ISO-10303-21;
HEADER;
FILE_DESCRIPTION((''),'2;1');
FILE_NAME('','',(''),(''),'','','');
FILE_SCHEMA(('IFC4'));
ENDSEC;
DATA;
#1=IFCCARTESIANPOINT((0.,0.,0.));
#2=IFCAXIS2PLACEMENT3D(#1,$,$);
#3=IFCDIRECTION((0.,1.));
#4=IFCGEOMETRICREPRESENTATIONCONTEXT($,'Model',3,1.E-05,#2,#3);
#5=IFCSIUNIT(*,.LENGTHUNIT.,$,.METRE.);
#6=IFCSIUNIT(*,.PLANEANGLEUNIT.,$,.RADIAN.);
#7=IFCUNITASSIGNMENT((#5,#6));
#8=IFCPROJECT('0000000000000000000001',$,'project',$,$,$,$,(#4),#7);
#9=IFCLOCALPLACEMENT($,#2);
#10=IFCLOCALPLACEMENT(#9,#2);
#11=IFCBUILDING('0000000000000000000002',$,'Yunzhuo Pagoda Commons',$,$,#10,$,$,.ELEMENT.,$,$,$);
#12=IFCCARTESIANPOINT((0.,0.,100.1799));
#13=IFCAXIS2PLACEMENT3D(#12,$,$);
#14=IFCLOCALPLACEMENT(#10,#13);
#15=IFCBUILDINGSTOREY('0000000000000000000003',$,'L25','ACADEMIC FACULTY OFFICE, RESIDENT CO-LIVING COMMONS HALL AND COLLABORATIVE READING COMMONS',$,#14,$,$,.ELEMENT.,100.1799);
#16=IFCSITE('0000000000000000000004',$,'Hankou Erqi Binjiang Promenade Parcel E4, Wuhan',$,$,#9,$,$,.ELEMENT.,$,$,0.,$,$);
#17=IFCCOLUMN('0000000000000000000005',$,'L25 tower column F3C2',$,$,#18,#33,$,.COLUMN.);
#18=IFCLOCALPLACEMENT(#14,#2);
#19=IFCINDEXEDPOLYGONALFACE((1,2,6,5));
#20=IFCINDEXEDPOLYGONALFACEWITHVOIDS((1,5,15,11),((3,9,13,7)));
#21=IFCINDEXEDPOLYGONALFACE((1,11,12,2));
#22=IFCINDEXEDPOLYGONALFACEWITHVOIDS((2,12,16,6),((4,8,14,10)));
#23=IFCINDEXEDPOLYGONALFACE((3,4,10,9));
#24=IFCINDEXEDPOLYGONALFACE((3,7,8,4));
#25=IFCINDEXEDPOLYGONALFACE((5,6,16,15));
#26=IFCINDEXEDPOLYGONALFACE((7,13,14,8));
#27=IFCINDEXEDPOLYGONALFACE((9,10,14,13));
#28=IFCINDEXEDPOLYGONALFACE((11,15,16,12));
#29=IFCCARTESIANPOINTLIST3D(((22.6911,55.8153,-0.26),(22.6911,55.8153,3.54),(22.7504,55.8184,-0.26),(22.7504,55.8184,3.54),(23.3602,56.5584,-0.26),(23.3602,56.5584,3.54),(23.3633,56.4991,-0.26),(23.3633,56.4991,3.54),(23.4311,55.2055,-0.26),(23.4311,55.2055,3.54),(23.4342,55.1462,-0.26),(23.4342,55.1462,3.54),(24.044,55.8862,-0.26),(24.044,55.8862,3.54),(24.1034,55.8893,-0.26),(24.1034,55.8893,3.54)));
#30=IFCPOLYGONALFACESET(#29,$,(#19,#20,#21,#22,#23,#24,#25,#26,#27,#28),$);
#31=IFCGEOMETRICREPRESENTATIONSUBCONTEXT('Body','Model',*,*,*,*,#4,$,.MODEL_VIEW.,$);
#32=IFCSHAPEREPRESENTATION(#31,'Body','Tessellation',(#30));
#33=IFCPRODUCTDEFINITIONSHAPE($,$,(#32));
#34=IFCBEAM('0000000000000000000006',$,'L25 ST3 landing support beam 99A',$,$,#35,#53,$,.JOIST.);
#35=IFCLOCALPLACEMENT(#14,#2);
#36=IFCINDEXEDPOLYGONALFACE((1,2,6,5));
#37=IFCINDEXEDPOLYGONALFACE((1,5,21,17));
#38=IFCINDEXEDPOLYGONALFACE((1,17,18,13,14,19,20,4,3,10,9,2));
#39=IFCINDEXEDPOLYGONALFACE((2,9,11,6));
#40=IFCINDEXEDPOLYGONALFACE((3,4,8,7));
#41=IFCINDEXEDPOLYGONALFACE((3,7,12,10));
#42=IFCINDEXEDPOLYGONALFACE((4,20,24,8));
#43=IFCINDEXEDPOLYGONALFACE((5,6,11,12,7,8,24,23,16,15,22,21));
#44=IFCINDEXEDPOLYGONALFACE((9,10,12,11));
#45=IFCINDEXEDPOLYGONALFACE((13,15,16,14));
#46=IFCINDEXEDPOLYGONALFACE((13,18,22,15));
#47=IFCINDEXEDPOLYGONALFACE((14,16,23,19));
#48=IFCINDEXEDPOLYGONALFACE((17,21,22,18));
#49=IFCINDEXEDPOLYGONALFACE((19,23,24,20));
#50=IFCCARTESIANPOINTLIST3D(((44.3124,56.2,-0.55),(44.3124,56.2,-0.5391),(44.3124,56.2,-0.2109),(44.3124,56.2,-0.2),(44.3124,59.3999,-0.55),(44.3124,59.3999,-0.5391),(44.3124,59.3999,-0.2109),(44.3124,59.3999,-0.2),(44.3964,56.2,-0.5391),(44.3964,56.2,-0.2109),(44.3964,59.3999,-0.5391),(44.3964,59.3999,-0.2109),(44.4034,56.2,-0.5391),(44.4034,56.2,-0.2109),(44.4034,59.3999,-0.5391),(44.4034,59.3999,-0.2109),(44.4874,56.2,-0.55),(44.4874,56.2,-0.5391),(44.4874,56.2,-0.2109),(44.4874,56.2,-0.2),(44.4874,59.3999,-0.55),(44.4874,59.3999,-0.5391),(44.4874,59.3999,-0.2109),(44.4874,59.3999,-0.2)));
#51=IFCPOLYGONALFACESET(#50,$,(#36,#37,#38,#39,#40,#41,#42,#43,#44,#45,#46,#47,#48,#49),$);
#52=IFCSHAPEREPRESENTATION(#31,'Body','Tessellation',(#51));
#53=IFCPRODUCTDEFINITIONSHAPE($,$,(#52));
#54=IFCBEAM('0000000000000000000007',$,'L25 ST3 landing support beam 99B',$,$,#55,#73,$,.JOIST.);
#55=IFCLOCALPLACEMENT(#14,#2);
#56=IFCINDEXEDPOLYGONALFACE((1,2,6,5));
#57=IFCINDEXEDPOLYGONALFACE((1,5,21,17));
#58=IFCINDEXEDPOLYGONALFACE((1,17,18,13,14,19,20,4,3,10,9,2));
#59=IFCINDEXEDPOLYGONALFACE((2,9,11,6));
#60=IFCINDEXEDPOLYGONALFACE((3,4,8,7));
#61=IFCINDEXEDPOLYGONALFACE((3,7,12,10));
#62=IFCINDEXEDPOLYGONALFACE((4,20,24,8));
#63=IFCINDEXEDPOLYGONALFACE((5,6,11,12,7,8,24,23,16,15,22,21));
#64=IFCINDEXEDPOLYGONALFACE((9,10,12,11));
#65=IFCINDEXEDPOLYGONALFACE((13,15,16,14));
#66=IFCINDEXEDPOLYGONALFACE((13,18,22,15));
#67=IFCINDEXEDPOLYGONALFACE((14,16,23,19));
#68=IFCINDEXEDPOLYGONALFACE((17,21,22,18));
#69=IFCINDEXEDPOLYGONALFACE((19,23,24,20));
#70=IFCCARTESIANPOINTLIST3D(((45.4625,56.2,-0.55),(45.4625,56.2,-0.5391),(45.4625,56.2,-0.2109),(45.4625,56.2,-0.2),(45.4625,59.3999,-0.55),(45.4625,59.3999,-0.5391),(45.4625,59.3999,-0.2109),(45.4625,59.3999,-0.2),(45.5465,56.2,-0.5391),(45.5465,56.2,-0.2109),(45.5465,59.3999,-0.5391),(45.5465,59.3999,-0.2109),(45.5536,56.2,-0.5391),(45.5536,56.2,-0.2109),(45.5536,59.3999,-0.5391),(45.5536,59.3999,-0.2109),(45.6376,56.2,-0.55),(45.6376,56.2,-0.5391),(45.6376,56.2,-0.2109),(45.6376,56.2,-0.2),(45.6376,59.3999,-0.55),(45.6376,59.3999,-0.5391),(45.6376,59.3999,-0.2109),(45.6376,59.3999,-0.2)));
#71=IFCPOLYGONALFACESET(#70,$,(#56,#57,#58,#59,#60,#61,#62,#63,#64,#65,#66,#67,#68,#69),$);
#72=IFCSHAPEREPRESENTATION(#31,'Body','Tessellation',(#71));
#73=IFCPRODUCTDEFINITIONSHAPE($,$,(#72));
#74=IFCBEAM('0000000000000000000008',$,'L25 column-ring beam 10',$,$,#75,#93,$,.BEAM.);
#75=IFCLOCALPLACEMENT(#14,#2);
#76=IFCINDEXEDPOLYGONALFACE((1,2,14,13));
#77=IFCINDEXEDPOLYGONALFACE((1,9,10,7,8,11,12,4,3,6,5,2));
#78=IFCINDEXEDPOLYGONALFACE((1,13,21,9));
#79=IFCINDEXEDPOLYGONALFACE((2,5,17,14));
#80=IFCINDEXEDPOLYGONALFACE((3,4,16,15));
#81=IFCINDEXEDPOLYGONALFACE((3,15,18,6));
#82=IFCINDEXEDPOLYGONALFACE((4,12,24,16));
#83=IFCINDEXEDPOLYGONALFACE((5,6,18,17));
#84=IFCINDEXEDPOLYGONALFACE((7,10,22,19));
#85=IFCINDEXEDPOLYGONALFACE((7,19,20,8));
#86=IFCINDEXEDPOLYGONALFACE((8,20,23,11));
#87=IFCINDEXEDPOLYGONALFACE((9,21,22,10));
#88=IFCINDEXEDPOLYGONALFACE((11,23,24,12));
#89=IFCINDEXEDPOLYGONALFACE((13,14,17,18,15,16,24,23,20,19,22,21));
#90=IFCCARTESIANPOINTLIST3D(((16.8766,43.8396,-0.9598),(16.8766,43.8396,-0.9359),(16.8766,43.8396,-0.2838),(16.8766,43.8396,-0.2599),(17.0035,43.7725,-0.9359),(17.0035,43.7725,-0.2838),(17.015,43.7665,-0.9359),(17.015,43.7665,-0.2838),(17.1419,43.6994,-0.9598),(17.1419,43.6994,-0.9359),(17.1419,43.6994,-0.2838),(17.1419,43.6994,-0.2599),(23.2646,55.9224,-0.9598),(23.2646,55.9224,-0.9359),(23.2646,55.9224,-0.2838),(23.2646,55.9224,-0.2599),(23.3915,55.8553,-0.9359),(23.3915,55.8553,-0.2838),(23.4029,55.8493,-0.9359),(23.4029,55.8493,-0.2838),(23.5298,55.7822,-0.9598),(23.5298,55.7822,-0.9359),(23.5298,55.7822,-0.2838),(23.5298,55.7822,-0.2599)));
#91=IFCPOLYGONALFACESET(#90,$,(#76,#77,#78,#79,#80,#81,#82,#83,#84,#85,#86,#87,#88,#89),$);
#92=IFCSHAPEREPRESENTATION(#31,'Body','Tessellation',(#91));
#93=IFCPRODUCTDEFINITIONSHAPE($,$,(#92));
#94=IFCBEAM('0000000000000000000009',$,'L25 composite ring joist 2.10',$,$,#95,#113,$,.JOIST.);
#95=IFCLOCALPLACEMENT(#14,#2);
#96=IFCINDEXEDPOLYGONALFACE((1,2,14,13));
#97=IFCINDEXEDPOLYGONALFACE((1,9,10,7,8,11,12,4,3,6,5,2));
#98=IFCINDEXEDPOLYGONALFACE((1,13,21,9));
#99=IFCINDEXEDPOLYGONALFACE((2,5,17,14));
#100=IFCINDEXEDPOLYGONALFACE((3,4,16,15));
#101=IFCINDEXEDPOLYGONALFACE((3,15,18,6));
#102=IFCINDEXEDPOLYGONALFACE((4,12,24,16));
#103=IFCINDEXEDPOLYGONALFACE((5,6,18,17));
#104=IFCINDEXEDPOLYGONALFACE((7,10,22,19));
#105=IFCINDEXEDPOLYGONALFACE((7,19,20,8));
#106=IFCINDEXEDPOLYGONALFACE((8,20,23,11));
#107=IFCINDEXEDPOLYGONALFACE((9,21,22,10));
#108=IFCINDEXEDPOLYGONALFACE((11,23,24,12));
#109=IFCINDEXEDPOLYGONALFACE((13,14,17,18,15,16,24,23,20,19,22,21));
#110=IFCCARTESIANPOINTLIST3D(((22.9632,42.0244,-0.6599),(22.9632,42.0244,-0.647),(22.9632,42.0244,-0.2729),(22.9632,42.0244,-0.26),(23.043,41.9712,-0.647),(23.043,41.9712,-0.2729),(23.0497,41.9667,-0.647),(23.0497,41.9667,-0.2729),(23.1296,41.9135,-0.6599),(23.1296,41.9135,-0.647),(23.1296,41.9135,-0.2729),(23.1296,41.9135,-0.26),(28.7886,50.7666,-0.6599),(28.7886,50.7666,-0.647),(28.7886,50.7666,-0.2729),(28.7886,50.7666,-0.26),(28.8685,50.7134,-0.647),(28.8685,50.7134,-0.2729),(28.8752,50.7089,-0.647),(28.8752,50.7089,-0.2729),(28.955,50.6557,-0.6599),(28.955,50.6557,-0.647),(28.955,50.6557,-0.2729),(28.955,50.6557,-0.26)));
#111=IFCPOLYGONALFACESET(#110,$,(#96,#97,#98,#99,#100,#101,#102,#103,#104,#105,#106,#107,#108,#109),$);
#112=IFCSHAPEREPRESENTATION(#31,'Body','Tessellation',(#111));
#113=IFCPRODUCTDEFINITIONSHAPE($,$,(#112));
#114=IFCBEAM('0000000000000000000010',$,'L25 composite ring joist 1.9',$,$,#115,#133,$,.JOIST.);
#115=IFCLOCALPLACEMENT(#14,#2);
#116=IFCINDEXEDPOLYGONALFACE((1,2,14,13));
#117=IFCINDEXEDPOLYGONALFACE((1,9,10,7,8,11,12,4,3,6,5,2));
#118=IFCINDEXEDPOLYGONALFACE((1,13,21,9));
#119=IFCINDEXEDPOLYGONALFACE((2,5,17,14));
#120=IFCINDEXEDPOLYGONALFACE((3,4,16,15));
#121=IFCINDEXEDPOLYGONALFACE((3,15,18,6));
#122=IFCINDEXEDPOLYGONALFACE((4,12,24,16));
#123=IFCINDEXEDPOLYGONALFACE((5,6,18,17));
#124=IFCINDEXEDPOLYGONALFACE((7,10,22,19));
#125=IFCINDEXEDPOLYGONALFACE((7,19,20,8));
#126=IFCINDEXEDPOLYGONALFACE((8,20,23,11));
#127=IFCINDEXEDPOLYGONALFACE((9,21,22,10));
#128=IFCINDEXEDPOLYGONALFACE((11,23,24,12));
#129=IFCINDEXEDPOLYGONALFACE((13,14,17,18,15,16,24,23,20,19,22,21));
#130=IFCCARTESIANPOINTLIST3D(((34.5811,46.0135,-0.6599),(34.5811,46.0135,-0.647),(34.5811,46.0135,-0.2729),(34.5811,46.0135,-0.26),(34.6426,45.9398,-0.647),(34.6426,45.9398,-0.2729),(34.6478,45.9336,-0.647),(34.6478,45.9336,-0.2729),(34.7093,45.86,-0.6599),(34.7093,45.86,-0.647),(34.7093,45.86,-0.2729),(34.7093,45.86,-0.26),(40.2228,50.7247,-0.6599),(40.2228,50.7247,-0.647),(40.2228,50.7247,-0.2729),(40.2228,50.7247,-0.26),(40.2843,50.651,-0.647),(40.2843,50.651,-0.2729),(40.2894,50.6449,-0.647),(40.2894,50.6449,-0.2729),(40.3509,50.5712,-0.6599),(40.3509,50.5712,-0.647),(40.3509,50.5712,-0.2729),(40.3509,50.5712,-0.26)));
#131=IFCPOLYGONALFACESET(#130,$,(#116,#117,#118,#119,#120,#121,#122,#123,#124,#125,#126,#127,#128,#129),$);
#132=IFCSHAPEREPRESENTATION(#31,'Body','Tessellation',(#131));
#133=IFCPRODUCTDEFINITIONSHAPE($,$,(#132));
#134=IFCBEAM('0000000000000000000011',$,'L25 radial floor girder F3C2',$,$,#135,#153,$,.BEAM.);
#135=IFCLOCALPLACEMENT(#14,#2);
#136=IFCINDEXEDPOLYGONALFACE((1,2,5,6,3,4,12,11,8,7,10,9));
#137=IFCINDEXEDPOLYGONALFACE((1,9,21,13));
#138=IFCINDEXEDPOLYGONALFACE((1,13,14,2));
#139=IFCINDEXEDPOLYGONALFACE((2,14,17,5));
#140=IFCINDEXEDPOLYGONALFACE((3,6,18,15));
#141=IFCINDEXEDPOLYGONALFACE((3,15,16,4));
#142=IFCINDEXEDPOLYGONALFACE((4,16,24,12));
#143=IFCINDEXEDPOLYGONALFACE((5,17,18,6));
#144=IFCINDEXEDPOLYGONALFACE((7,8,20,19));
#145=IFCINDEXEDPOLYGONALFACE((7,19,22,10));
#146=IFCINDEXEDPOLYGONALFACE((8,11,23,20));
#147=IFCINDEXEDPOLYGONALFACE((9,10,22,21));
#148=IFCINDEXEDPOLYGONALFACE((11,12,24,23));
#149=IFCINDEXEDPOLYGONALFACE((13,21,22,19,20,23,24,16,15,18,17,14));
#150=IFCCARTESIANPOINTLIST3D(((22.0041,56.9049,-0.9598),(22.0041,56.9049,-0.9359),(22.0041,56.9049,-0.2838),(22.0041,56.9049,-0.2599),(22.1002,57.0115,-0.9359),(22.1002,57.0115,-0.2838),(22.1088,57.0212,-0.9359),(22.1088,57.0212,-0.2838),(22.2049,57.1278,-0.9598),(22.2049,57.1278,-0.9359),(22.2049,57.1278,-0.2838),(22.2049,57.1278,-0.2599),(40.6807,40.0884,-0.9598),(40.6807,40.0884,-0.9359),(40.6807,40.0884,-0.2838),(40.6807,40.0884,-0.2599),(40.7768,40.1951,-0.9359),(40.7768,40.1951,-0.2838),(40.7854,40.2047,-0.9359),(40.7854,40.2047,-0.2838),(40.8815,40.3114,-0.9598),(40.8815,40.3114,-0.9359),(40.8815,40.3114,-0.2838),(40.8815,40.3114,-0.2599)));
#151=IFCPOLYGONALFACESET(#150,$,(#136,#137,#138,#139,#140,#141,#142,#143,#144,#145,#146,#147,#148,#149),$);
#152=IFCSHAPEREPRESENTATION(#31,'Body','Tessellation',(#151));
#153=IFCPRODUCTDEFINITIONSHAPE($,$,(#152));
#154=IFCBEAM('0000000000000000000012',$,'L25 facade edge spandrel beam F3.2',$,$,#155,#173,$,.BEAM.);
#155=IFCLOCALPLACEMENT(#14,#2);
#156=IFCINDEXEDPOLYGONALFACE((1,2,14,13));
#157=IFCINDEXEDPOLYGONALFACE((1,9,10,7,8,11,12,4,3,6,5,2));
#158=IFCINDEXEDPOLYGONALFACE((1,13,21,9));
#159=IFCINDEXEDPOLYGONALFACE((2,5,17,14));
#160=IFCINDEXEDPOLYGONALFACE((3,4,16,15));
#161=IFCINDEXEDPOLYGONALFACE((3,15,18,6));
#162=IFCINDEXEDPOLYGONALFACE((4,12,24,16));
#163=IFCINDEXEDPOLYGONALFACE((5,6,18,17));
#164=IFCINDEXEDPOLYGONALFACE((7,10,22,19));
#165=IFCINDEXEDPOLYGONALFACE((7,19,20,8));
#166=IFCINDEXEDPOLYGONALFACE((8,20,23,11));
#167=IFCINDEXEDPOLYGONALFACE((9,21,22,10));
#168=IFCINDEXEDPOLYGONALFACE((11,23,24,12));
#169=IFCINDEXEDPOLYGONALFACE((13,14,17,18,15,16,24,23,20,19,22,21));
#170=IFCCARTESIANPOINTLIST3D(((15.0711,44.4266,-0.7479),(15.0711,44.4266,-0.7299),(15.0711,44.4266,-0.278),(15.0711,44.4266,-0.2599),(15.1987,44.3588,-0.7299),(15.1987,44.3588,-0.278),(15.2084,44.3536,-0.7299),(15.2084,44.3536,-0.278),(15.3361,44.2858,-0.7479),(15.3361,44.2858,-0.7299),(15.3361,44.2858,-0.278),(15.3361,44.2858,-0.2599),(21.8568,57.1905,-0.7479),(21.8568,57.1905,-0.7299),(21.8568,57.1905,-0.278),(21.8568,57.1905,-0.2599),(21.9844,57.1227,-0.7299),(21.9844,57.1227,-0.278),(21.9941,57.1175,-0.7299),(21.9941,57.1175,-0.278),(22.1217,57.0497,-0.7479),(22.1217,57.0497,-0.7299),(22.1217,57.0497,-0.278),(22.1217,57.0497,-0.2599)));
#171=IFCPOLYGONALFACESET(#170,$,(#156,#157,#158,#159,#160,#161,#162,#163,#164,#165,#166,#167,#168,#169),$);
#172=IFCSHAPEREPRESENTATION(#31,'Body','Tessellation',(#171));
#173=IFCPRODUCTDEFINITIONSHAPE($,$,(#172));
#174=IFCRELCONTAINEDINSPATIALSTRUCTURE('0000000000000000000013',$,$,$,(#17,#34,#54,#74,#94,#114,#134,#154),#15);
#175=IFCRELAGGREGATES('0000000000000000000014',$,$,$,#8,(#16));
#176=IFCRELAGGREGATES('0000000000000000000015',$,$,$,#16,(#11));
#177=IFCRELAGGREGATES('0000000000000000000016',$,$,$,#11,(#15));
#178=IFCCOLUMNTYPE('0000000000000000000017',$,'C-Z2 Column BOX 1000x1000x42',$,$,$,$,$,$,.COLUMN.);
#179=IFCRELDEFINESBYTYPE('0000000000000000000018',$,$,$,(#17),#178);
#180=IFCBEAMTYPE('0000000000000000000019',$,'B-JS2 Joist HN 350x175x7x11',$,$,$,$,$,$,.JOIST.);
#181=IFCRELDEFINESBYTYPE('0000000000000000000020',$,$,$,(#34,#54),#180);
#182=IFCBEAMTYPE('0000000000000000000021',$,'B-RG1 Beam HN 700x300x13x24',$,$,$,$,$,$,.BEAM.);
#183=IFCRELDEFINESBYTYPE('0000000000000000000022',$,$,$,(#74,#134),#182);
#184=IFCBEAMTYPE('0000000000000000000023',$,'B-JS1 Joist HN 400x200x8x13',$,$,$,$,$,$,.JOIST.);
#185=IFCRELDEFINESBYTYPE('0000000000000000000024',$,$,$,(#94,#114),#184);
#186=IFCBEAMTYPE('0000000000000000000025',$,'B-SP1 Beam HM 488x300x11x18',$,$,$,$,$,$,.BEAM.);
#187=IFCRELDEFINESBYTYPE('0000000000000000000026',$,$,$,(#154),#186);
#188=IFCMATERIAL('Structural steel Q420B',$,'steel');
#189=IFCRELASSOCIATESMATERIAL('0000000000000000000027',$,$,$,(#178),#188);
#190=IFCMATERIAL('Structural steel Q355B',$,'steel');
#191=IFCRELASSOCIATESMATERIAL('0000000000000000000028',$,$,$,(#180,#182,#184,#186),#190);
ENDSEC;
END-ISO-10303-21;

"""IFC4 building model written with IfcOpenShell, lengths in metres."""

from ifc_helpers import new_model, si_unit, direction, frame, origin, origin_2d, place, context, subcontext, project, spatial, hollow_rectangle, i_section, extrude, source, transform, mapped, material, material_profile, profile_set, type_object, element, save


model = new_model("IFC4")

# Units and contexts
model_context = context("Model", 3, precision=1e-05, world=origin(), true_north=direction((0.0, 1.0)))
body_context = subcontext(model_context, "Body", "Model", "MODEL_VIEW")
ifc_project = project(units=[si_unit("LENGTHUNIT", "METRE"), si_unit("PLANEANGLEUNIT", "RADIAN")], contexts=[model_context])

# Site, building, storey
site_placement = place(None, origin())
site = spatial("IfcSite", under=ifc_project, at=site_placement, Name="Hankou Erqi Binjiang Promenade Parcel E4, Wuhan", CompositionType="ELEMENT", RefElevation=0.0)
building_placement = place(site_placement, origin())
building = spatial("IfcBuilding", under=site, at=building_placement, Name="Yunzhuo Pagoda Commons", CompositionType="ELEMENT")
storey_placement = place(building_placement, frame((0.0, 0.0, 100.1799)))
storey = spatial("IfcBuildingStorey", under=building, at=storey_placement, Name="L25", Description="ACADEMIC FACULTY OFFICE, RESIDENT CO-LIVING COMMONS HALL AND COLLABORATIVE READING COMMONS", CompositionType="ELEMENT", Elevation=100.1799)

# Column
ifc_material_1 = material(Name="Structural steel Q420B", Category="steel")
ifc_material_profile_1 = material_profile(ifc_material_1, hollow_rectangle(XDim=1.0, YDim=1.0, WallThickness=0.042, at=origin_2d()), Name="Structural steel Q420B")
ifc_profile_set_1 = profile_set([ifc_material_profile_1], Name="Structural steel Q420B")
column_type = type_object("IfcColumnType", Name="C-Z2 Column BOX 1000x1000x42", PredefinedType="COLUMN", material=ifc_profile_set_1)
shared_shape_1 = source(origin(), body_context, "Body", "SweptSolid", [
    extrude(hollow_rectangle(XDim=1.0, YDim=1.0, WallThickness=0.042, at=origin_2d()), origin(), (0.0, 0.0, 1.0), 3.8),
])
column_placement = place(storey_placement, frame((23.3972, 55.8523, -0.26), z_axis=(0.0, 0.0, 1.0), x_axis=(-0.669131, -0.743145, 0.0)))
element("IfcColumn", 1, at=column_placement, inside=storey, type_object=column_type, Name="L25 tower column F3C2", PredefinedType="COLUMN", context=body_context, shape_type="MappedRepresentation", body=[
    mapped(shared_shape_1, transform((0.0, 0.0, 0.0), scale=1.0)),
])

# Beams
ifc_material_2 = material(Name="Structural steel Q355B", Category="steel")
ifc_material_profile_2 = material_profile(ifc_material_2, i_section(OverallWidth=0.175, OverallDepth=0.3501, WebThickness=0.0071, FlangeThickness=0.011, at=origin_2d()), Name="Structural steel Q355B")
ifc_profile_set_2 = profile_set([ifc_material_profile_2], Name="Structural steel Q355B")
beam_type_1 = type_object("IfcBeamType", Name="B-JS2 Joist HN 350x175x7x11", PredefinedType="JOIST", material=ifc_profile_set_2)
shared_shape_2 = source(origin(), body_context, "Body", "SweptSolid", [
    extrude(i_section(OverallWidth=0.175, OverallDepth=0.3501, WebThickness=0.0071, FlangeThickness=0.011, at=origin_2d()), origin(), (0.0, 0.0, 1.0), 3.2),
])
for number, where, z_axis, x_axis, name in (
    (2, (44.3999, 56.2, -0.375), (0.0, 1.0, 0.0), (-1.0, 0.0, 0.0), "L25 ST3 landing support beam 99A"),
    (3, (45.55, 56.2, -0.375), (0.0, 1.0, 0.0), (-1.0, 0.0, 0.0), "L25 ST3 landing support beam 99B"),
):
    element("IfcBeam", number, at=place(storey_placement, frame(where, z_axis=z_axis, x_axis=x_axis)), inside=storey, type_object=beam_type_1, Name=name, PredefinedType="JOIST", context=body_context, shape_type="MappedRepresentation", body=[
        mapped(shared_shape_2, transform((0.0, 0.0, 0.0), scale=1.0)),
    ])
ifc_material_profile_3 = material_profile(ifc_material_2, i_section(OverallWidth=0.3, OverallDepth=0.7, WebThickness=0.0129, FlangeThickness=0.0239, at=origin_2d()), Name="Structural steel Q355B")
ifc_profile_set_3 = profile_set([ifc_material_profile_3], Name="Structural steel Q355B")
beam_type_2 = type_object("IfcBeamType", Name="B-RG1 Beam HN 700x300x13x24", PredefinedType="BEAM", material=ifc_profile_set_3)
shared_shape_3 = source(origin(), body_context, "Body", "SweptSolid", [
    extrude(i_section(OverallWidth=0.3, OverallDepth=0.7, WebThickness=0.0129, FlangeThickness=0.0239, at=origin_2d()), origin(), (0.0, 0.0, 1.0), 13.6675),
])
beam_1_placement = place(storey_placement, frame((23.3972, 55.8523, -0.6099), z_axis=(-0.467384, -0.884055, 0.0), x_axis=(0.884055, -0.467384, 0.0)))
element("IfcBeam", 4, at=beam_1_placement, inside=storey, type_object=beam_type_2, Name="L25 column-ring beam 10", PredefinedType="BEAM", context=body_context, shape_type="MappedRepresentation", body=[
    mapped(shared_shape_3, transform((0.0, 0.0, 0.0), scale=1.0)),
])
ifc_material_profile_4 = material_profile(ifc_material_2, i_section(OverallWidth=0.2, OverallDepth=0.3999, WebThickness=0.0081, FlangeThickness=0.0129, at=origin_2d()), Name="Structural steel Q355B")
ifc_profile_set_4 = profile_set([ifc_material_profile_4], Name="Structural steel Q355B")
beam_type_3 = type_object("IfcBeamType", Name="B-JS1 Joist HN 400x200x8x13", PredefinedType="JOIST", material=ifc_profile_set_4)
shared_shape_4 = source(origin(), body_context, "Body", "SweptSolid", [
    extrude(i_section(OverallWidth=0.2, OverallDepth=0.3999, WebThickness=0.0081, FlangeThickness=0.0129, at=origin_2d()), origin(), (0.0, 0.0, 1.0), 10.5054),
])
beam_2_placement = place(storey_placement, frame((28.8718, 50.7112, -0.46), z_axis=(-0.554523, -0.832168, 0.0), x_axis=(0.832168, -0.554523, 0.0)))
element("IfcBeam", 5, at=beam_2_placement, inside=storey, type_object=beam_type_3, Name="L25 composite ring joist 2.10", PredefinedType="JOIST", context=body_context, shape_type="MappedRepresentation", body=[
    mapped(shared_shape_4, transform((0.0, 0.0, 0.0), scale=1.0)),
])
shared_shape_5 = source(origin(), body_context, "Body", "SweptSolid", [
    extrude(i_section(OverallWidth=0.2, OverallDepth=0.3999, WebThickness=0.0081, FlangeThickness=0.0129, at=origin_2d()), origin(), (0.0, 0.0, 1.0), 7.3501),
])
beam_3_placement = place(storey_placement, frame((40.2869, 50.6479, -0.46), z_axis=(-0.767562, -0.640975, 0.0), x_axis=(0.640975, -0.767562, 0.0)))
element("IfcBeam", 6, at=beam_3_placement, inside=storey, type_object=beam_type_3, Name="L25 composite ring joist 1.9", PredefinedType="JOIST", context=body_context, shape_type="MappedRepresentation", body=[
    mapped(shared_shape_5, transform((0.0, 0.0, 0.0), scale=1.0)),
])
shared_shape_6 = source(origin(), body_context, "Body", "SweptSolid", [
    extrude(i_section(OverallWidth=0.3, OverallDepth=0.7, WebThickness=0.0129, FlangeThickness=0.0239, at=origin_2d()), origin(), (0.0, 0.0, 1.0), 25.1318),
])
beam_4_placement = place(storey_placement, frame((22.1045, 57.0164, -0.6099), z_axis=(0.743145, -0.669131, 0.0), x_axis=(0.669131, 0.743145, 0.0)))
element("IfcBeam", 7, at=beam_4_placement, inside=storey, type_object=beam_type_2, Name="L25 radial floor girder F3C2", PredefinedType="BEAM", context=body_context, shape_type="MappedRepresentation", body=[
    mapped(shared_shape_6, transform((0.0, 0.0, 0.0), scale=1.0)),
])
ifc_material_profile_5 = material_profile(ifc_material_2, i_section(OverallWidth=0.3, OverallDepth=0.488, WebThickness=0.011, FlangeThickness=0.0181, at=origin_2d()), Name="Structural steel Q355B")
ifc_profile_set_5 = profile_set([ifc_material_profile_5], Name="Structural steel Q355B")
beam_type_4 = type_object("IfcBeamType", Name="B-SP1 Beam HM 488x300x11x18", PredefinedType="BEAM", material=ifc_profile_set_5)
shared_shape_7 = source(origin(), body_context, "Body", "SweptSolid", [
    extrude(i_section(OverallWidth=0.3, OverallDepth=0.488, WebThickness=0.011, FlangeThickness=0.0181, at=origin_2d()), origin(), (0.0, 0.0, 1.0), 14.4556),
])
beam_5_placement = place(storey_placement, frame((21.9893, 57.1201, -0.5039), z_axis=(-0.469415, -0.882978, 0.0), x_axis=(0.882978, -0.469415, 0.0)))
element("IfcBeam", 8, at=beam_5_placement, inside=storey, type_object=beam_type_4, Name="L25 facade edge spandrel beam F3.2", PredefinedType="BEAM", context=body_context, shape_type="MappedRepresentation", body=[
    mapped(shared_shape_7, transform((0.0, 0.0, 0.0), scale=1.0)),
])

save(model, "model.ifc")
